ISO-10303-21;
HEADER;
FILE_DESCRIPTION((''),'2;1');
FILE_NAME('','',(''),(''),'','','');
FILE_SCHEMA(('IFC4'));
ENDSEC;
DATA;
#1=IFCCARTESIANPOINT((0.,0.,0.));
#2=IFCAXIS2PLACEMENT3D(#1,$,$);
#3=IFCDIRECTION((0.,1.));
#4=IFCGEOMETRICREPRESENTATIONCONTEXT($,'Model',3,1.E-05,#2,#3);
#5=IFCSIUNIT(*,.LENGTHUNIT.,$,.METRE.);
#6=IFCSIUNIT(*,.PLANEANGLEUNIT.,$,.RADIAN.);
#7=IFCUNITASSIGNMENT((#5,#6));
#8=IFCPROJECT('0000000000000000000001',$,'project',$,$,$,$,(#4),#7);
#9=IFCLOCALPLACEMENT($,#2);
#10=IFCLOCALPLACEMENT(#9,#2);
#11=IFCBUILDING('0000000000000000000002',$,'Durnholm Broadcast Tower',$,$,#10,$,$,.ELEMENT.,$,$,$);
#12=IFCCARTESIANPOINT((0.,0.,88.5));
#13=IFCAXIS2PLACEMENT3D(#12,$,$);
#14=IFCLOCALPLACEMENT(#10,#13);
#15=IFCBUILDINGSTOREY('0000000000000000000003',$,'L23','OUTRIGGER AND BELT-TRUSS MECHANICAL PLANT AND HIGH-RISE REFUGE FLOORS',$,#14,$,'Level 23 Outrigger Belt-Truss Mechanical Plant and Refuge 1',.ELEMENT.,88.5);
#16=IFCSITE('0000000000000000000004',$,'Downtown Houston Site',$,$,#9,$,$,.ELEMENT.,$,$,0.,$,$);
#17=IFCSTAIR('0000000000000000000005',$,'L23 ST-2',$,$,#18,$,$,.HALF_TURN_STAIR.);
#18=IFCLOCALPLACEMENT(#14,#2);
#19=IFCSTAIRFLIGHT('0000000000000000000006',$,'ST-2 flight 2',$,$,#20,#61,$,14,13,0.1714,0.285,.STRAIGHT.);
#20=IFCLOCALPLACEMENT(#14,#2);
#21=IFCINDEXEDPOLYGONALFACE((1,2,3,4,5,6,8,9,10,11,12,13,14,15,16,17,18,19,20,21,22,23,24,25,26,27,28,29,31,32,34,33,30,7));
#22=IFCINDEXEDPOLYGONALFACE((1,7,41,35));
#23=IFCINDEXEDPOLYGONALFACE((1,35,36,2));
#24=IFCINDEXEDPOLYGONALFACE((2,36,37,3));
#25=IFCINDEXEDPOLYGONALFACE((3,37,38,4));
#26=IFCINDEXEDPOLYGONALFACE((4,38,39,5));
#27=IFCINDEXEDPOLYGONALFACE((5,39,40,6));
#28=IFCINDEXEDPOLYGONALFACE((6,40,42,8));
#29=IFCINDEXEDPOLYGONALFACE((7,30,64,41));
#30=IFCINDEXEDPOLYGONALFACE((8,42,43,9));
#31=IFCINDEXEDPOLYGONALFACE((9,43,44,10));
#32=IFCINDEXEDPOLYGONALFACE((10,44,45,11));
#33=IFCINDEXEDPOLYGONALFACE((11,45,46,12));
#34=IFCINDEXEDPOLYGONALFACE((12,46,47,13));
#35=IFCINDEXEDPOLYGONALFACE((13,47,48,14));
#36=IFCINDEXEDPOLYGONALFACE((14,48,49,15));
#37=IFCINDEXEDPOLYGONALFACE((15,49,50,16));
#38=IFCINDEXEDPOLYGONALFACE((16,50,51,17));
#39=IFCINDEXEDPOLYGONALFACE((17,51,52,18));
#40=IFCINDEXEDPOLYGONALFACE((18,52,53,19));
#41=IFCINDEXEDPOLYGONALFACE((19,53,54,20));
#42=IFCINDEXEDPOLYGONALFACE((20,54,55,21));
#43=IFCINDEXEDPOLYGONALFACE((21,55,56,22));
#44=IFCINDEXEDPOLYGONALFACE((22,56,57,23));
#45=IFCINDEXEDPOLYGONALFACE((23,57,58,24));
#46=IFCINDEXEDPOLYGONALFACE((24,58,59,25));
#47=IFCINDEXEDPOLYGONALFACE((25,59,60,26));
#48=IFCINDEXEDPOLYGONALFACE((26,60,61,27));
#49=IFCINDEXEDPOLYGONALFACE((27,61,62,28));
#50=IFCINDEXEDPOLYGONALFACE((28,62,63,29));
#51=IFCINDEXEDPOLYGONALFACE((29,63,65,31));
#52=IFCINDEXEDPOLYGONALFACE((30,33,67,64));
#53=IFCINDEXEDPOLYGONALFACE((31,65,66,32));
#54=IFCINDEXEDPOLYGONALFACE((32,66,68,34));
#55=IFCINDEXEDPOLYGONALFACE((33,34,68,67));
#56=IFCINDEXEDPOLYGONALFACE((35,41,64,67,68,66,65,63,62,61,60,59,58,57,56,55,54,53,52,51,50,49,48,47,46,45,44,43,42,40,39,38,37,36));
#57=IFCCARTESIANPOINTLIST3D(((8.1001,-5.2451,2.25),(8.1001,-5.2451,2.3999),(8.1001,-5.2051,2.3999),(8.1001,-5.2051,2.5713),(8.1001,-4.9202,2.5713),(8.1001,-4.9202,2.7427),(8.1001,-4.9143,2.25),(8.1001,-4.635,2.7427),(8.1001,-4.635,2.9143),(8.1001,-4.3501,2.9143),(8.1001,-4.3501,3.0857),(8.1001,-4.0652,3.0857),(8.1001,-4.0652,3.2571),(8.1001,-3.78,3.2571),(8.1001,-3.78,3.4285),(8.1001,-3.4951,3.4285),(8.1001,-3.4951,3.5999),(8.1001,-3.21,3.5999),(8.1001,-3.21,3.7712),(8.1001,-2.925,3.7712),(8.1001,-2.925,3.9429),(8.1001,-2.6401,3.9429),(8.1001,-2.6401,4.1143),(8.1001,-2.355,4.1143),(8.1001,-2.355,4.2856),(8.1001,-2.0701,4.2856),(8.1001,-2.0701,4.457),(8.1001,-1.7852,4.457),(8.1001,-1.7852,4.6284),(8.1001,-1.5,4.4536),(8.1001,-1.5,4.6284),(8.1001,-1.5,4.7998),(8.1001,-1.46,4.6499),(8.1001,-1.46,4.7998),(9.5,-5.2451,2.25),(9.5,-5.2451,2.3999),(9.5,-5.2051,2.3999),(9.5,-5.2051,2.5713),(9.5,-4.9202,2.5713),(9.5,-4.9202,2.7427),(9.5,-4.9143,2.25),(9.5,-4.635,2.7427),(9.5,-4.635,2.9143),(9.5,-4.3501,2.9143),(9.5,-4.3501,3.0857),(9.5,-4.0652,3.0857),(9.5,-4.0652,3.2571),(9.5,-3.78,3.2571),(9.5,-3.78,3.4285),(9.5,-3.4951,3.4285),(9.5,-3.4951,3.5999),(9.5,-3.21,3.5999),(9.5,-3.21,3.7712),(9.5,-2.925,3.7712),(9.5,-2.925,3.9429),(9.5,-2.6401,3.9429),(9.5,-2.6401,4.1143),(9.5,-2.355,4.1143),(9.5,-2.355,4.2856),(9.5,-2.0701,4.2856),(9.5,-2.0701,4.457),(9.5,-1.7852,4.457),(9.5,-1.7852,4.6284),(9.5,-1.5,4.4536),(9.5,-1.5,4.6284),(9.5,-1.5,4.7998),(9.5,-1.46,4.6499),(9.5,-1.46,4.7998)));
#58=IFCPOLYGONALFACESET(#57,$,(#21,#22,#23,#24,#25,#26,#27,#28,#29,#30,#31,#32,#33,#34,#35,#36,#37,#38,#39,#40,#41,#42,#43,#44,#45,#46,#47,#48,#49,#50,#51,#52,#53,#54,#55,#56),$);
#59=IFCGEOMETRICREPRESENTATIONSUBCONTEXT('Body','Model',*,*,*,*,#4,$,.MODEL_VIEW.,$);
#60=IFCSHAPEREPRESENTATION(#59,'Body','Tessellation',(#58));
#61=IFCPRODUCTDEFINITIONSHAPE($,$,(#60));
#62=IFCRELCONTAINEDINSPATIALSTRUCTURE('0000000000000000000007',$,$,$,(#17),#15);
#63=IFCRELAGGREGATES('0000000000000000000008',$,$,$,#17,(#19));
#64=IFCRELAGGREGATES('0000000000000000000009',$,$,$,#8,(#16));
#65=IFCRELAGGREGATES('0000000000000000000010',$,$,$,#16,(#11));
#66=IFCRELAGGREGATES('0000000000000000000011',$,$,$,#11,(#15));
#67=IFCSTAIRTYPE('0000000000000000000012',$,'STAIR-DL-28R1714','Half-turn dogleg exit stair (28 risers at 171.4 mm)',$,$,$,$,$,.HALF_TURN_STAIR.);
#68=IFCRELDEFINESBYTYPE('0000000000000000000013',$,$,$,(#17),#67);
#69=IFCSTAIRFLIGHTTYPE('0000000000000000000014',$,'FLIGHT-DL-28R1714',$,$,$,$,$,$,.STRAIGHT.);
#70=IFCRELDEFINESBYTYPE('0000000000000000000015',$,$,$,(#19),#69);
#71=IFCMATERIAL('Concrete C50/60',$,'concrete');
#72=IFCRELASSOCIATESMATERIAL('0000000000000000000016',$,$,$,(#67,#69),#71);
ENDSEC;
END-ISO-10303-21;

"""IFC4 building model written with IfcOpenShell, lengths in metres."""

from ifc_helpers import new_model, si_unit, direction, frame, origin, place, context, subcontext, project, spatial, polyline, outline, extrude, material, type_object, element, aggregate, save


model = new_model("IFC4")

# Units and contexts
model_context = context("Model", 3, precision=1e-05, world=origin(), true_north=direction((0.0, 1.0)))
body_context = subcontext(model_context, "Body", "Model", "MODEL_VIEW")
ifc_project = project(units=[si_unit("LENGTHUNIT", "METRE"), si_unit("PLANEANGLEUNIT", "RADIAN")], contexts=[model_context])

# Site, building, storey
site_placement = place(None, origin())
site = spatial("IfcSite", under=ifc_project, at=site_placement, Name="Downtown Houston Site", CompositionType="ELEMENT", RefElevation=0.0)
building_placement = place(site_placement, origin())
building = spatial("IfcBuilding", under=site, at=building_placement, Name="Durnholm Broadcast Tower", CompositionType="ELEMENT")
storey_placement = place(building_placement, frame((0.0, 0.0, 88.5)))
storey = spatial("IfcBuildingStorey", under=building, at=storey_placement, Name="L23", Description="OUTRIGGER AND BELT-TRUSS MECHANICAL PLANT AND HIGH-RISE REFUGE FLOORS", LongName="Level 23 Outrigger Belt-Truss Mechanical Plant and Refuge 1", CompositionType="ELEMENT", Elevation=88.5)

# Shared definitions
ifc_material_1 = material(Name="Concrete C50/60", Category="concrete")

# Stair, stair flight
stair_type = type_object("IfcStairType", Name="STAIR-DL-28R1714", Description="Half-turn dogleg exit stair (28 risers at 171.4 mm)", PredefinedType="HALF_TURN_STAIR", material=ifc_material_1)
stair_placement = place(storey_placement, origin())
stair = element("IfcStair", 1, at=stair_placement, inside=storey, type_object=stair_type, Name="L23 ST-2", PredefinedType="HALF_TURN_STAIR")
stair_flight_type = type_object("IfcStairFlightType", Name="FLIGHT-DL-28R1714", PredefinedType="STRAIGHT", material=ifc_material_1)
stair_flight_1_placement = place(storey_placement, frame((8.8, -5.2051, 2.3999), z_axis=(0.0, 0.0, 1.0), x_axis=(0.0, 1.0, 0.0)))
stair_flight_1 = element("IfcStairFlight", 2, at=stair_flight_1_placement, type_object=stair_flight_type, Name="ST-2 flight 2", NumberOfRisers=14, NumberOfTreads=13, PredefinedType="STRAIGHT", RiserHeight=0.1714, TreadLength=0.285, context=body_context, shape_type="SweptSolid", body=[
    extrude(outline(polyline([(-0.04, -0.1499), (-0.04, 0.0), (0.0, 0.0), (0.0, 0.1714), (0.2849, 0.1714), (0.2849, 0.3428), (0.5701, 0.3428), (0.5701, 0.5144), (0.855, 0.5144), (0.855, 0.6858), (1.1399, 0.6858), (1.1399, 0.8572), (1.425, 0.8572), (1.425, 1.0286), (1.71, 1.0286), (1.71, 1.2), (1.9951, 1.2), (1.9951, 1.3713), (2.28, 1.3713), (2.28, 1.543), (2.5649, 1.543), (2.5649, 1.7144), (2.8501, 1.7144), (2.8501, 1.8857), (3.135, 1.8857), (3.135, 2.0571), (3.4199, 2.0571), (3.4199, 2.2285), (3.7051, 2.2285), (3.7051, 2.3999), (3.7451, 2.3999), (3.7451, 2.25), (3.7051, 2.0537), (0.2908, -0.1499), (-0.04, -0.1499)])), frame((0.0, 0.7, 0.0), z_axis=(0.0, -1.0, 0.0), x_axis=(1.0, 0.0, 0.0)), (0.0, 0.0, 1.0), 1.3999),
])
aggregate(stair, [stair_flight_1])

save(model, "model.ifc")
